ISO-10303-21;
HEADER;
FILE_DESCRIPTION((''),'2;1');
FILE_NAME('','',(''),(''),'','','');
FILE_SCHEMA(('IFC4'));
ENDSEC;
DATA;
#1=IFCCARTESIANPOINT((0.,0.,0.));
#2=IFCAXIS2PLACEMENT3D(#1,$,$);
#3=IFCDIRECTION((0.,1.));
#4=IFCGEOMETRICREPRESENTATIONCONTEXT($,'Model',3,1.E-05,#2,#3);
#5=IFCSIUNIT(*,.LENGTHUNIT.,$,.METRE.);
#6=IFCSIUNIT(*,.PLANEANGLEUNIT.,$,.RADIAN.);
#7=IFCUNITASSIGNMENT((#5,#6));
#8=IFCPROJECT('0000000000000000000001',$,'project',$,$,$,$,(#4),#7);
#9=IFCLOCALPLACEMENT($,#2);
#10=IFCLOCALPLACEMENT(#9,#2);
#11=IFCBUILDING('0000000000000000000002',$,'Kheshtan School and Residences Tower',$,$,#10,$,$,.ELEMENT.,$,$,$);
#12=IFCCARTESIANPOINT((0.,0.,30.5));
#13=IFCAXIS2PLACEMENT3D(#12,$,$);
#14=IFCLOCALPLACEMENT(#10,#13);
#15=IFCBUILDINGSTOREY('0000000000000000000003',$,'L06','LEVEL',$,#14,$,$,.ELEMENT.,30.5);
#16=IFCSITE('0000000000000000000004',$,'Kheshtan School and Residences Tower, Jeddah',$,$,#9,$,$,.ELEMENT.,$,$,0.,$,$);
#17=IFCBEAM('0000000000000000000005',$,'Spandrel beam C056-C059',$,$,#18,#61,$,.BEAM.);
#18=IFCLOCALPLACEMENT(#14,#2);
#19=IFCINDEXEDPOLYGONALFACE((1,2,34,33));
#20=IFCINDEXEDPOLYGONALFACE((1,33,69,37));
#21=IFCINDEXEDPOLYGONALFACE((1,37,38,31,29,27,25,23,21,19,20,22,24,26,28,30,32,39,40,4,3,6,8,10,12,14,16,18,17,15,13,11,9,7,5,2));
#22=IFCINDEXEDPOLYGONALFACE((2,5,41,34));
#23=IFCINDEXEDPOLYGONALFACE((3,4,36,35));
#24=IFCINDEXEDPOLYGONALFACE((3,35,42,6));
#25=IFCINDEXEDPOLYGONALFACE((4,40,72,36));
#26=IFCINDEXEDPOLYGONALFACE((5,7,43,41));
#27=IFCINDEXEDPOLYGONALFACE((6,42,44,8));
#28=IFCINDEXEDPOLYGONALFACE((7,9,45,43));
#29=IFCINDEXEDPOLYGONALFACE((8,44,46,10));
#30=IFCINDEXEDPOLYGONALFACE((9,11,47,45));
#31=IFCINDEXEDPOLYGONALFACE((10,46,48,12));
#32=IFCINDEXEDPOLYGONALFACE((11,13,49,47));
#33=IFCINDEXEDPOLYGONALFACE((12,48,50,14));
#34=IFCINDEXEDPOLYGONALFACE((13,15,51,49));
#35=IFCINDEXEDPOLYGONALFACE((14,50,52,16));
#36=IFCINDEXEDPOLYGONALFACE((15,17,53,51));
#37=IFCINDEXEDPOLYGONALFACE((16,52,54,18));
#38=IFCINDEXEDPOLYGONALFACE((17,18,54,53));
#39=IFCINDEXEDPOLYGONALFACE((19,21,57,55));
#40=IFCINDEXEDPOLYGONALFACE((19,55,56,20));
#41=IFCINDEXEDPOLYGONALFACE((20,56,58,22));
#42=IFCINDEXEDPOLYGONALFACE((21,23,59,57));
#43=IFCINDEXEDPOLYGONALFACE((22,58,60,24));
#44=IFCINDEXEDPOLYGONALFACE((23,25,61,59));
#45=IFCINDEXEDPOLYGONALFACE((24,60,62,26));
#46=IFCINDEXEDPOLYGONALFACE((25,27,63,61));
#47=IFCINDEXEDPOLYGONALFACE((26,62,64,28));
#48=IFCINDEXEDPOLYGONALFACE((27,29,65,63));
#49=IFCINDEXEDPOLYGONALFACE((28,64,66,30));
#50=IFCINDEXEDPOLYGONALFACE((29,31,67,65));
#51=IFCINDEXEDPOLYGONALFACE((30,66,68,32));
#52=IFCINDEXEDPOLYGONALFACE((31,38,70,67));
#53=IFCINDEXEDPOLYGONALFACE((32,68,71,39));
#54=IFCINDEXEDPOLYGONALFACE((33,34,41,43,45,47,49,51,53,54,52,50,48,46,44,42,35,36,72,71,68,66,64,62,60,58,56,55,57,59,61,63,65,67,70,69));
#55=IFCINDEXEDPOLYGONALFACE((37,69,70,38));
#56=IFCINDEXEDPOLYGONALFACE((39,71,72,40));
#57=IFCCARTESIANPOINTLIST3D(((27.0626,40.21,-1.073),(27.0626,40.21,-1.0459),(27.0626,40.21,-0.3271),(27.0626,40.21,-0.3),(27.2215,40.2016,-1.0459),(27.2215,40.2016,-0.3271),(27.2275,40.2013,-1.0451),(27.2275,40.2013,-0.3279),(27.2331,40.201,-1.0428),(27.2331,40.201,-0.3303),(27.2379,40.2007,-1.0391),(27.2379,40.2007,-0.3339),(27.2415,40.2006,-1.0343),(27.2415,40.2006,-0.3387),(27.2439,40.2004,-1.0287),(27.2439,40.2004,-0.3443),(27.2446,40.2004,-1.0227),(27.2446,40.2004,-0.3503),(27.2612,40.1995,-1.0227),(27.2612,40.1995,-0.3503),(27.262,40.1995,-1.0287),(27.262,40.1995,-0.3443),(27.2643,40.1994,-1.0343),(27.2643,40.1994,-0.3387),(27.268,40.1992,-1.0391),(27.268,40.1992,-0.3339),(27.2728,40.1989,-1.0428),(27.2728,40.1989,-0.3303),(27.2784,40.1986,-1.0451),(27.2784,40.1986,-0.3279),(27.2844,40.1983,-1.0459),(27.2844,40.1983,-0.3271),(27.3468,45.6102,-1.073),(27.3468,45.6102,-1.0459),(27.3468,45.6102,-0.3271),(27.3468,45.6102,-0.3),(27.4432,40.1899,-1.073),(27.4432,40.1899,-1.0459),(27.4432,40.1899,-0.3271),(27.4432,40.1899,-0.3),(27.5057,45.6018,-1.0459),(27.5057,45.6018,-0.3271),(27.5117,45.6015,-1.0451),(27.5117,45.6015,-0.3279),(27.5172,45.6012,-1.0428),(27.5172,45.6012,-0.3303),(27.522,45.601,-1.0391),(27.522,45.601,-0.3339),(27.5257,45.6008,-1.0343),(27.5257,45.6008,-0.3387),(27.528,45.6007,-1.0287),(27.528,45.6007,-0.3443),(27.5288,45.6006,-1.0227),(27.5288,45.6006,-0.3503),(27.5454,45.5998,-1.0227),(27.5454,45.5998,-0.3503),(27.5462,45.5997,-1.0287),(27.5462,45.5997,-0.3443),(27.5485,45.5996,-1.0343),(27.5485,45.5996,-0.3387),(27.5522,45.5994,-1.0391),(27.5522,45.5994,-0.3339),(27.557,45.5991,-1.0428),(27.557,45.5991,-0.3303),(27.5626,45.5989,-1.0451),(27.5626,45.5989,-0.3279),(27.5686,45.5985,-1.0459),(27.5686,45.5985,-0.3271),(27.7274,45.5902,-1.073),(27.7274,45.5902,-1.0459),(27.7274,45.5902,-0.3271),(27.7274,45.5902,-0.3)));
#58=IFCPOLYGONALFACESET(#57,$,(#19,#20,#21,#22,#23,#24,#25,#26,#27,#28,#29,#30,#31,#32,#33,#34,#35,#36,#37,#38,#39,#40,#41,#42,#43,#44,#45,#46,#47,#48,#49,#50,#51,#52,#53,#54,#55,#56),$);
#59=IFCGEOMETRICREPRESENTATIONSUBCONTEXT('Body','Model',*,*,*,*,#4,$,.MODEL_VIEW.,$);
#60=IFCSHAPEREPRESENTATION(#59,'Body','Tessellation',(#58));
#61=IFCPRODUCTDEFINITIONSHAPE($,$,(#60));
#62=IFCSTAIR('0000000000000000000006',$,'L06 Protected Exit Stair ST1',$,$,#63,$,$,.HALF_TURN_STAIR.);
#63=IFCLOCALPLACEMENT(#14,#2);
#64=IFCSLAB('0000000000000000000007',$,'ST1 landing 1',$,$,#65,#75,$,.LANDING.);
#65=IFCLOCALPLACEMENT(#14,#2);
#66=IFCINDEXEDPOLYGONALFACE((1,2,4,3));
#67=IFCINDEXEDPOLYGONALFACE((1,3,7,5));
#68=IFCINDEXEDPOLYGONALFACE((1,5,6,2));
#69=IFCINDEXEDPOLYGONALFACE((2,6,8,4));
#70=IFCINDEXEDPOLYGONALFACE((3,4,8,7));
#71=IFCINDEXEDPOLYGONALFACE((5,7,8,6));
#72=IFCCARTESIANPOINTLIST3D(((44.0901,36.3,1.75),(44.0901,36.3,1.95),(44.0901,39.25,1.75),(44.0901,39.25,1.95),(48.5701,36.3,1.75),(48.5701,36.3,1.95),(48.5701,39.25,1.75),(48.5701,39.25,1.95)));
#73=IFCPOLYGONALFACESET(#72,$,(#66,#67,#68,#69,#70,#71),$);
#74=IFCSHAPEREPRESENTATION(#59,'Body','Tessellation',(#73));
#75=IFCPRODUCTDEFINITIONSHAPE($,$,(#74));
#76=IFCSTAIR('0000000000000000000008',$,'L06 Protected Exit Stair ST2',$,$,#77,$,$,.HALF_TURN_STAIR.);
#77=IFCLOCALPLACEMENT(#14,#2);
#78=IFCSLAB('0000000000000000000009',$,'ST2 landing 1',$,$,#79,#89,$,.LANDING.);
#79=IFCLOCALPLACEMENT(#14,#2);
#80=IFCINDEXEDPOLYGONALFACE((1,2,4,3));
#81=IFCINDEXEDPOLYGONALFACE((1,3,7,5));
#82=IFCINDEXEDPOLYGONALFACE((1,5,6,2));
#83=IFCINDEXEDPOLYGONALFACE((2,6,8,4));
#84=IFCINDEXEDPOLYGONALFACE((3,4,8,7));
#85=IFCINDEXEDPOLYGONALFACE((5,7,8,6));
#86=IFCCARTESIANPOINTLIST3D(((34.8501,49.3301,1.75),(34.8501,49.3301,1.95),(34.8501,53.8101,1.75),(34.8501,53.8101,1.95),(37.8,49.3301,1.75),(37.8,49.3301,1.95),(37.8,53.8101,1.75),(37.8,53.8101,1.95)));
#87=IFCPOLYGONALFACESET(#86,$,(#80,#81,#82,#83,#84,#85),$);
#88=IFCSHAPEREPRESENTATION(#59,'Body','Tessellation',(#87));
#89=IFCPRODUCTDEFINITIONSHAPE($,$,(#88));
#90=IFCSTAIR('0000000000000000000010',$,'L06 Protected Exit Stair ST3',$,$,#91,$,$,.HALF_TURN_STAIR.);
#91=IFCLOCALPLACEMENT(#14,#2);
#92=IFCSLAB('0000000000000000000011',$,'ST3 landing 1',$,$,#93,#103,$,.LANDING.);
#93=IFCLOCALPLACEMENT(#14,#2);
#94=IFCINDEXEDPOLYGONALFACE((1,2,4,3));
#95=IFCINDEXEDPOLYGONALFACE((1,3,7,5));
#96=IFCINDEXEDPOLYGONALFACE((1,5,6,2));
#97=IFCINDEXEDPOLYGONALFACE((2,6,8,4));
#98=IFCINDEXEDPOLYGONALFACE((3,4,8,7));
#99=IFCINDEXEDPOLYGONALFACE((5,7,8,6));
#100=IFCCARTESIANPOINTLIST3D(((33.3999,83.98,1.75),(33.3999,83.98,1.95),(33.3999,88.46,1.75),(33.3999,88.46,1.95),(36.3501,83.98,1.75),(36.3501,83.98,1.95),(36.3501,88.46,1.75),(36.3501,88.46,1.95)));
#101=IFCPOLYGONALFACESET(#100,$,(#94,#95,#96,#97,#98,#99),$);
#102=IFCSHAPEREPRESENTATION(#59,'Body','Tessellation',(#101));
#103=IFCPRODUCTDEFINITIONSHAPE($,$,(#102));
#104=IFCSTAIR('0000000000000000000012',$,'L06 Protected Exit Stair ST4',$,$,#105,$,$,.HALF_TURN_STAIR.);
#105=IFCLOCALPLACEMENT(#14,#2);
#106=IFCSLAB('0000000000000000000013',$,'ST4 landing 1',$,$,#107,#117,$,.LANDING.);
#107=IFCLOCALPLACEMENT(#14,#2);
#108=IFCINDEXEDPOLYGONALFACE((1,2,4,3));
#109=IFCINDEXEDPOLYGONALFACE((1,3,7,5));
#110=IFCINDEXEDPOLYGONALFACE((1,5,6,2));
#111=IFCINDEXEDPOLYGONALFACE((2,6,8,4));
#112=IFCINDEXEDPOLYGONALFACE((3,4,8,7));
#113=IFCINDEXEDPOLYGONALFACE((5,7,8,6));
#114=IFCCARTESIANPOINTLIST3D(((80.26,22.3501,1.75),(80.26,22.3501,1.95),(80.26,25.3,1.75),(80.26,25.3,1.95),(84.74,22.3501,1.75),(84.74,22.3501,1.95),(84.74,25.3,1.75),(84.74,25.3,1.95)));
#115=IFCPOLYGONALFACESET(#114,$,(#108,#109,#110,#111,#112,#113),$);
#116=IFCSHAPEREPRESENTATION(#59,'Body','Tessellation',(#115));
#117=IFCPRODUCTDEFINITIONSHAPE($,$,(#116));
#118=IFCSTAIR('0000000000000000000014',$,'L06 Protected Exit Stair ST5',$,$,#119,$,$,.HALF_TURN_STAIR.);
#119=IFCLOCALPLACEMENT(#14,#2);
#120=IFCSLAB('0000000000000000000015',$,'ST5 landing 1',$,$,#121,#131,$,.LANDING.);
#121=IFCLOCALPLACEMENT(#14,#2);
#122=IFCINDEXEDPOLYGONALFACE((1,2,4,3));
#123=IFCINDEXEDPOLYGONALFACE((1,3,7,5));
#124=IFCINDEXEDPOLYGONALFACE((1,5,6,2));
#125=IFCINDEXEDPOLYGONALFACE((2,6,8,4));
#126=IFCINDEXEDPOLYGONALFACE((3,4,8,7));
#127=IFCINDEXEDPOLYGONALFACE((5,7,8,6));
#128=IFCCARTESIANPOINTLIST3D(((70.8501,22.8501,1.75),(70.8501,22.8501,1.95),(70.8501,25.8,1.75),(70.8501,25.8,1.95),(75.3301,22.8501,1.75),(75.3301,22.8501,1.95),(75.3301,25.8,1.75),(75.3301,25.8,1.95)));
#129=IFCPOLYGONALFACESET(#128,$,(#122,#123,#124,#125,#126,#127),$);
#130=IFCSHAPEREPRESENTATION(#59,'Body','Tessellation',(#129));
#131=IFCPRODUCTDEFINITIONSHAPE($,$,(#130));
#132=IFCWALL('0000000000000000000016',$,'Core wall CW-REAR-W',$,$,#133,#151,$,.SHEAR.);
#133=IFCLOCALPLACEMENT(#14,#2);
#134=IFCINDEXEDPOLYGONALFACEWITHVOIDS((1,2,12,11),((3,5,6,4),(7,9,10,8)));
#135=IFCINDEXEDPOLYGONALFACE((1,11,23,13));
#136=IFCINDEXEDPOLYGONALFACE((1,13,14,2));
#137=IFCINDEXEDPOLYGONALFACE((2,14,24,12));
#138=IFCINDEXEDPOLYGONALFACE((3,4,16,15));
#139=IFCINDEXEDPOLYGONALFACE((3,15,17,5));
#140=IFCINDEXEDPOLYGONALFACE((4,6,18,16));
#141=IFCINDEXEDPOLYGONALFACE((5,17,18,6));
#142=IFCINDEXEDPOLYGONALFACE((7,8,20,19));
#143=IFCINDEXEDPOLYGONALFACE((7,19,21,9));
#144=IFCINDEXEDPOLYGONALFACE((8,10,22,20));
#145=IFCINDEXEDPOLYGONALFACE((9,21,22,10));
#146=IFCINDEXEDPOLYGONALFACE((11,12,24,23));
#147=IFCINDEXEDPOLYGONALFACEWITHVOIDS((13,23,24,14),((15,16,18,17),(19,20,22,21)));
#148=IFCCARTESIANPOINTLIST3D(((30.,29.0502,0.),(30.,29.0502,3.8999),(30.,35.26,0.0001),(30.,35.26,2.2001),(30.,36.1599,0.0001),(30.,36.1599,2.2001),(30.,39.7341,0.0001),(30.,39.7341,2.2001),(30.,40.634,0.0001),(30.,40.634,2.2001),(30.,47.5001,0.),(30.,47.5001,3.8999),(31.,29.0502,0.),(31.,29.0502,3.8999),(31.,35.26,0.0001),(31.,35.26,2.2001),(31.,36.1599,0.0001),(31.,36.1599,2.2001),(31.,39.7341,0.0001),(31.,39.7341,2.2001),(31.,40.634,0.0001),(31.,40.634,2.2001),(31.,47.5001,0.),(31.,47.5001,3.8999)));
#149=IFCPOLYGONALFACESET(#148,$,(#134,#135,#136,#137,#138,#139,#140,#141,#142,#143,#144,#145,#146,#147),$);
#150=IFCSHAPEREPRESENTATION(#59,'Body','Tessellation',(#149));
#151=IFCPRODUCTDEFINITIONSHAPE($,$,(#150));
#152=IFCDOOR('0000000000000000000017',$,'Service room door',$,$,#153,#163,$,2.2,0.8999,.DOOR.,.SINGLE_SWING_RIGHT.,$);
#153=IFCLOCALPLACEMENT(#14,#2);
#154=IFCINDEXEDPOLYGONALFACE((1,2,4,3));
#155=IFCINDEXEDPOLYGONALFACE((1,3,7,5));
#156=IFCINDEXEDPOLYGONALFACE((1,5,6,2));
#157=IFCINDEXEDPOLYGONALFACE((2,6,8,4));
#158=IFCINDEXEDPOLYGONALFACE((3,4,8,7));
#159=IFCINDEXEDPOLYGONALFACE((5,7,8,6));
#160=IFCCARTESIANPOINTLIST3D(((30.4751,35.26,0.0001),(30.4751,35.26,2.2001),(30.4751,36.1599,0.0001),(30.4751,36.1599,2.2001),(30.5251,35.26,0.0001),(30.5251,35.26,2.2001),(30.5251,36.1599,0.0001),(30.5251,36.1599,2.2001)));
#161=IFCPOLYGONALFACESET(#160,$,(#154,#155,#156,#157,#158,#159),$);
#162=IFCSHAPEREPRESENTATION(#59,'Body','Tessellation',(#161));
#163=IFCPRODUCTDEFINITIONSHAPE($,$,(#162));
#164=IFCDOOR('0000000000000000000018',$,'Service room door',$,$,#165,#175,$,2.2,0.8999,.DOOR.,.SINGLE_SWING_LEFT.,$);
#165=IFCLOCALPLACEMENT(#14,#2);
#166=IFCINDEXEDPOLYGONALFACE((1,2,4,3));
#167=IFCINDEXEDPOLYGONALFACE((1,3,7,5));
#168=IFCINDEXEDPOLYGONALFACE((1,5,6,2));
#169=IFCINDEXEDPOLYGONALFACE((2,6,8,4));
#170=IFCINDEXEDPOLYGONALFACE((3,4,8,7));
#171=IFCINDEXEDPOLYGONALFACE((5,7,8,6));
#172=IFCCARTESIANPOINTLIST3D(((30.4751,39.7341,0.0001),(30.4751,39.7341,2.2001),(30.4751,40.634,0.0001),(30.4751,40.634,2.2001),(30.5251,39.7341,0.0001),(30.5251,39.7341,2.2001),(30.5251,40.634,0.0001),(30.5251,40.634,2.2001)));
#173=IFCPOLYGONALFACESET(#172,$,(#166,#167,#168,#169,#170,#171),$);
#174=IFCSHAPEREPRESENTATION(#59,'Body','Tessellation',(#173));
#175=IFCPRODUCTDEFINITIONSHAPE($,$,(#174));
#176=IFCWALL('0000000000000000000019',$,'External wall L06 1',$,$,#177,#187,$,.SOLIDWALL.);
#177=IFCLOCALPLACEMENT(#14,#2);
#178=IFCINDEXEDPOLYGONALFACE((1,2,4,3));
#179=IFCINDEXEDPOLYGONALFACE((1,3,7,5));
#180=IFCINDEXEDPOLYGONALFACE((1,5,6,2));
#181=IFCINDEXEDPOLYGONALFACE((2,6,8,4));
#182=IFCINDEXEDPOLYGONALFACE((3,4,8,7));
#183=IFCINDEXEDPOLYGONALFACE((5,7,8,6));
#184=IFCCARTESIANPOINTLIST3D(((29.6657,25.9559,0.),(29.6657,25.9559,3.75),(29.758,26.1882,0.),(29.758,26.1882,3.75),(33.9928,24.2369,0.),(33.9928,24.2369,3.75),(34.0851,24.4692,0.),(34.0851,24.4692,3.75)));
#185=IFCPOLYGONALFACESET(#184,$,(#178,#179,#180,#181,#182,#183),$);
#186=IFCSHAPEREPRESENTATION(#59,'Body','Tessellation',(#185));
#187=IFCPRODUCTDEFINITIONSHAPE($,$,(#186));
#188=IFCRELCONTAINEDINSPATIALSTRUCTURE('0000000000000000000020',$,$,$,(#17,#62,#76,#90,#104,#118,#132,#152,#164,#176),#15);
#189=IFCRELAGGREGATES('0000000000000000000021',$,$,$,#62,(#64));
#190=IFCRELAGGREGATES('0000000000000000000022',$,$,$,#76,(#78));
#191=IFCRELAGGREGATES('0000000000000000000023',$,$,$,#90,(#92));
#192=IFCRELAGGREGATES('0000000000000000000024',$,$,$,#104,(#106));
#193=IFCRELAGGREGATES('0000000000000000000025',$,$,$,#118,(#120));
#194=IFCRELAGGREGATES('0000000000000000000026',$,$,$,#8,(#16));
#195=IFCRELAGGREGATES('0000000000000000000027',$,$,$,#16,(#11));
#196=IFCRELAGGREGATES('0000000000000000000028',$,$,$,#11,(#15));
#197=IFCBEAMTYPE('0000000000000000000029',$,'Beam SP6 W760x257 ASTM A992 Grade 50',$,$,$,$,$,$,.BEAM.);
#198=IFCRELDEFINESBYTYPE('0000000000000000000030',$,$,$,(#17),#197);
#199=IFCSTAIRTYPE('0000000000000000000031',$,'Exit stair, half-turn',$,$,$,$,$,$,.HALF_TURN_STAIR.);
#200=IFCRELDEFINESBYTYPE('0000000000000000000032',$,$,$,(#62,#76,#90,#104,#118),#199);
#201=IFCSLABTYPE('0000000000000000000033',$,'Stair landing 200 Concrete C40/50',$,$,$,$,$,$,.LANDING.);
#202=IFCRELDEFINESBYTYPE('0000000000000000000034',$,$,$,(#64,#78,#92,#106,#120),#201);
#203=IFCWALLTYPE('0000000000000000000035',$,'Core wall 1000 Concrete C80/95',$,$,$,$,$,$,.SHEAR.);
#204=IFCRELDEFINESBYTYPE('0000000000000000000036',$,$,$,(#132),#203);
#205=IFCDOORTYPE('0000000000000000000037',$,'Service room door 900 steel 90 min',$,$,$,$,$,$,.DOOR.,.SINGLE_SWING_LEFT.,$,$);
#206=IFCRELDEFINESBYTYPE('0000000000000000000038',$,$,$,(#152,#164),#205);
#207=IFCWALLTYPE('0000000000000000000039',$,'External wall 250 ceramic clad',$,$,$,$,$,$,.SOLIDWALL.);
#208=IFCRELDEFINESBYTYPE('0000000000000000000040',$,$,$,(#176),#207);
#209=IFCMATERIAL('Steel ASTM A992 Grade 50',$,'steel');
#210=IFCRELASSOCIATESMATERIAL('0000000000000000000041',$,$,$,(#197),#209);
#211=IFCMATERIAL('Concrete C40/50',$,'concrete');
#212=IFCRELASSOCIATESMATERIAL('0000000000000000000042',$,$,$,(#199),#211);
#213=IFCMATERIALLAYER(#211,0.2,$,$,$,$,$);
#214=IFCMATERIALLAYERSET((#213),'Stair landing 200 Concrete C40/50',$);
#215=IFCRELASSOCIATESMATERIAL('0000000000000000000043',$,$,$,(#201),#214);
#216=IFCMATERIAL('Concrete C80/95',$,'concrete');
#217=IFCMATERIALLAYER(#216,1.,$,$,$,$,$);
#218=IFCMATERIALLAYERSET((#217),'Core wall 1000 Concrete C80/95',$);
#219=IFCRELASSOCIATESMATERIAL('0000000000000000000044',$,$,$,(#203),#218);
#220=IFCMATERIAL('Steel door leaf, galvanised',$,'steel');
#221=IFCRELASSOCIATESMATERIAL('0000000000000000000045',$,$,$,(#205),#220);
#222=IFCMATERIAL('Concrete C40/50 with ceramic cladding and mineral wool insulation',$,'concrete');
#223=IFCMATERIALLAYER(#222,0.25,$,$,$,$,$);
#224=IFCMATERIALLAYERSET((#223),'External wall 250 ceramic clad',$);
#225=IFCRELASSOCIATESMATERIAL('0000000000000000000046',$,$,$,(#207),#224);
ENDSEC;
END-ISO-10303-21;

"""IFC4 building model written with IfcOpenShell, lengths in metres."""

from ifc_helpers import new_model, si_unit, direction, frame, frame_2d, origin, origin_2d, place, context, subcontext, project, spatial, polyline, rectangle, i_section, outline, extrude, source, transform, mapped, material, layer, layer_set, material_profile, profile_set, type_object, element, fill, aggregate, save


model = new_model("IFC4")

# Units and contexts
model_context = context("Model", 3, precision=1e-05, world=origin(), true_north=direction((0.0, 1.0)))
body_context = subcontext(model_context, "Body", "Model", "MODEL_VIEW")
ifc_project = project(units=[si_unit("LENGTHUNIT", "METRE"), si_unit("PLANEANGLEUNIT", "RADIAN")], contexts=[model_context])

# Site, building, storey
site_placement = place(None, origin())
site = spatial("IfcSite", under=ifc_project, at=site_placement, Name="Kheshtan School and Residences Tower, Jeddah", CompositionType="ELEMENT", RefElevation=0.0)
building_placement = place(site_placement, origin())
building = spatial("IfcBuilding", under=site, at=building_placement, Name="Kheshtan School and Residences Tower", CompositionType="ELEMENT")
storey_placement = place(building_placement, frame((0.0, 0.0, 30.5)))
storey = spatial("IfcBuildingStorey", under=building, at=storey_placement, Name="L06", Description="LEVEL", CompositionType="ELEMENT", Elevation=30.5)

# Shared definitions
ifc_material_1 = material(Name="Steel ASTM A992 Grade 50", Category="steel")

# Beam
ifc_material_profile_1 = material_profile(ifc_material_1, i_section(OverallWidth=0.3811, OverallDepth=0.7729, WebThickness=0.0166, FlangeThickness=0.0271, FilletRadius=0.0232, at=origin_2d()), Name="W760x257")
ifc_profile_set_1 = profile_set([ifc_material_profile_1], Name="Steel ASTM A992 Grade 50")
beam_type_1 = type_object("IfcBeamType", Name="Beam SP6 W760x257 ASTM A992 Grade 50", PredefinedType="BEAM", material=ifc_profile_set_1)
beam_1_placement = place(storey_placement, frame((27.2529, 40.2, -0.6865), z_axis=(0.052552, 0.998618, 0.0), x_axis=(-0.998618, 0.052552, 0.0)))
element("IfcBeam", 1, at=beam_1_placement, inside=storey, type_object=beam_type_1, Name="Spandrel beam C056-C059", PredefinedType="BEAM", context=body_context, shape_type="SweptSolid", body=[
    extrude(i_section(OverallWidth=0.3811, OverallDepth=0.7729, WebThickness=0.0166, FlangeThickness=0.0271, FilletRadius=0.0232, at=origin_2d()), origin(), (0.0, 0.0, 1.0), 5.4077),
])

# Shared definitions
ifc_material_2 = material(Name="Concrete C40/50", Category="concrete")

# Stairs, slabs
stair_type = type_object("IfcStairType", Name="Exit stair, half-turn", PredefinedType="HALF_TURN_STAIR", material=ifc_material_2)
stair_1_placement = place(storey_placement, origin())
stair_1 = element("IfcStair", 2, at=stair_1_placement, inside=storey, type_object=stair_type, Name="L06 Protected Exit Stair ST1", PredefinedType="HALF_TURN_STAIR")
ifc_layer_1 = layer(ifc_material_2, 0.2)
ifc_layer_set_1 = layer_set([ifc_layer_1], Name="Stair landing 200 Concrete C40/50")
slab_type_1 = type_object("IfcSlabType", Name="Stair landing 200 Concrete C40/50", PredefinedType="LANDING", material=ifc_layer_set_1)
slab_1_placement = place(storey_placement, frame((0.0, 0.0, 1.75)))
slab_1 = element("IfcSlab", 3, at=slab_1_placement, type_object=slab_type_1, Name="ST1 landing 1", PredefinedType="LANDING", context=body_context, shape_type="SweptSolid", body=[
    extrude(outline(polyline([(48.5701, 39.25), (44.0901, 39.25), (44.0901, 36.3), (48.5701, 36.3), (48.5701, 39.25)])), origin(), (0.0, 0.0, 1.0), 0.2),
])
aggregate(stair_1, [slab_1])
stair_2_placement = place(storey_placement, origin())
stair_2 = element("IfcStair", 4, at=stair_2_placement, inside=storey, type_object=stair_type, Name="L06 Protected Exit Stair ST2", PredefinedType="HALF_TURN_STAIR")
slab_2_placement = place(storey_placement, frame((0.0, 0.0, 1.75)))
slab_2 = element("IfcSlab", 5, at=slab_2_placement, type_object=slab_type_1, Name="ST2 landing 1", PredefinedType="LANDING", context=body_context, shape_type="SweptSolid", body=[
    extrude(outline(polyline([(37.8, 49.3301), (37.8, 53.8101), (34.8501, 53.8101), (34.8501, 49.3301), (37.8, 49.3301)])), origin(), (0.0, 0.0, 1.0), 0.2),
])
aggregate(stair_2, [slab_2])
stair_3_placement = place(storey_placement, origin())
stair_3 = element("IfcStair", 6, at=stair_3_placement, inside=storey, type_object=stair_type, Name="L06 Protected Exit Stair ST3", PredefinedType="HALF_TURN_STAIR")
slab_3_placement = place(storey_placement, frame((0.0, 0.0, 1.75)))
slab_3 = element("IfcSlab", 7, at=slab_3_placement, type_object=slab_type_1, Name="ST3 landing 1", PredefinedType="LANDING", context=body_context, shape_type="SweptSolid", body=[
    extrude(outline(polyline([(36.3501, 83.98), (36.3501, 88.46), (33.3999, 88.46), (33.3999, 83.98), (36.3501, 83.98)])), origin(), (0.0, 0.0, 1.0), 0.2),
])
aggregate(stair_3, [slab_3])
stair_4_placement = place(storey_placement, origin())
stair_4 = element("IfcStair", 8, at=stair_4_placement, inside=storey, type_object=stair_type, Name="L06 Protected Exit Stair ST4", PredefinedType="HALF_TURN_STAIR")
slab_4_placement = place(storey_placement, frame((0.0, 0.0, 1.75)))
slab_4 = element("IfcSlab", 9, at=slab_4_placement, type_object=slab_type_1, Name="ST4 landing 1", PredefinedType="LANDING", context=body_context, shape_type="SweptSolid", body=[
    extrude(outline(polyline([(84.74, 25.3), (80.26, 25.3), (80.26, 22.3501), (84.74, 22.3501), (84.74, 25.3)])), origin(), (0.0, 0.0, 1.0), 0.2),
])
aggregate(stair_4, [slab_4])
stair_5_placement = place(storey_placement, origin())
stair_5 = element("IfcStair", 10, at=stair_5_placement, inside=storey, type_object=stair_type, Name="L06 Protected Exit Stair ST5", PredefinedType="HALF_TURN_STAIR")
slab_5_placement = place(storey_placement, frame((0.0, 0.0, 1.75)))
slab_5 = element("IfcSlab", 11, at=slab_5_placement, type_object=slab_type_1, Name="ST5 landing 1", PredefinedType="LANDING", context=body_context, shape_type="SweptSolid", body=[
    extrude(outline(polyline([(75.3301, 25.8), (70.8501, 25.8), (70.8501, 22.8501), (75.3301, 22.8501), (75.3301, 25.8)])), origin(), (0.0, 0.0, 1.0), 0.2),
])
aggregate(stair_5, [slab_5])

# Wall, openings, doors
ifc_material_3 = material(Name="Concrete C80/95", Category="concrete")
ifc_layer_2 = layer(ifc_material_3, 1.0)
ifc_layer_set_2 = layer_set([ifc_layer_2], Name="Core wall 1000 Concrete C80/95")
wall_type_1 = type_object("IfcWallType", Name="Core wall 1000 Concrete C80/95", PredefinedType="SHEAR", material=ifc_layer_set_2)
wall_1_placement = place(storey_placement, frame((30.5, 29.05, 0.0), z_axis=(0.0, 0.0, 1.0), x_axis=(0.0, 1.0, 0.0)))
wall_1 = element("IfcWall", 12, at=wall_1_placement, inside=storey, type_object=wall_type_1, Name="Core wall CW-REAR-W", PredefinedType="SHEAR", context=body_context, shape_type="SweptSolid", body=[
    extrude(rectangle(XDim=18.45, YDim=1.0, at=frame_2d((9.2251, 0.0))), origin(), (0.0, 0.0, 1.0), 3.8999),
])
opening_1_placement = place(wall_1_placement, frame((6.21, 0.0, 0.0)))
opening_1 = element("IfcOpeningElement", 13, at=opening_1_placement, cuts=wall_1, PredefinedType="OPENING", context=body_context, shape_type="SweptSolid", body=[
    extrude(rectangle(XDim=0.8999, YDim=2.2, at=frame_2d((0.45, 1.1001))), frame((0.0, 0.51, 0.0), z_axis=(0.0, -1.0, 0.0), x_axis=(1.0, 0.0, 0.0)), (0.0, 0.0, 1.0), 1.02),
])
opening_2_placement = place(wall_1_placement, frame((10.6841, 0.0, 0.0)))
opening_2 = element("IfcOpeningElement", 14, at=opening_2_placement, cuts=wall_1, PredefinedType="OPENING", context=body_context, shape_type="SweptSolid", body=[
    extrude(rectangle(XDim=0.8999, YDim=2.2, at=frame_2d((0.45, 1.1001))), frame((0.0, 0.51, 0.0), z_axis=(0.0, -1.0, 0.0), x_axis=(1.0, 0.0, 0.0)), (0.0, 0.0, 1.0), 1.02),
])
ifc_material_4 = material(Name="Steel door leaf, galvanised", Category="steel")
door_type = type_object("IfcDoorType", Name="Service room door 900 steel 90 min", OperationType="SINGLE_SWING_LEFT", PredefinedType="DOOR", material=ifc_material_4)
shared_shape = source(origin(), body_context, "Body", "SweptSolid", [
    extrude(rectangle(XDim=0.8999, YDim=2.2, at=frame_2d((0.45, 1.1001))), frame((0.0, 0.0249, 0.0), z_axis=(0.0, -1.0, 0.0), x_axis=(1.0, 0.0, 0.0)), (0.0, 0.0, 1.0), 0.05),
])
door_1_placement = place(opening_1_placement, origin())
door_1 = element("IfcDoor", 15, at=door_1_placement, inside=storey, type_object=door_type, Name="Service room door", OperationType="SINGLE_SWING_RIGHT", OverallHeight=2.2, OverallWidth=0.8999, PredefinedType="DOOR", context=body_context, shape_type="MappedRepresentation", body=[
    mapped(shared_shape, transform((0.0, 0.0, 0.0), x_axis=(1.0, 0.0, 0.0), y_axis=(0.0, 1.0, 0.0), z_axis=(0.0, 0.0, 1.0), scale=1.0)),
])
fill(opening_1, door_1)
door_2_placement = place(opening_2_placement, origin())
door_2 = element("IfcDoor", 16, at=door_2_placement, inside=storey, type_object=door_type, Name="Service room door", OperationType="SINGLE_SWING_LEFT", OverallHeight=2.2, OverallWidth=0.8999, PredefinedType="DOOR", context=body_context, shape_type="MappedRepresentation", body=[
    mapped(shared_shape, transform((0.0, 0.0, 0.0), x_axis=(1.0, 0.0, 0.0), y_axis=(0.0, 1.0, 0.0), z_axis=(0.0, 0.0, 1.0), scale=1.0)),
])
fill(opening_2, door_2)

# Wall
ifc_material_5 = material(Name="Concrete C40/50 with ceramic cladding and mineral wool insulation", Category="concrete")
ifc_layer_3 = layer(ifc_material_5, 0.25)
ifc_layer_set_3 = layer_set([ifc_layer_3], Name="External wall 250 ceramic clad")
wall_type_2 = type_object("IfcWallType", Name="External wall 250 ceramic clad", PredefinedType="SOLIDWALL", material=ifc_layer_set_3)
wall_2_placement = place(storey_placement, frame((34.0391, 24.353, 0.0), z_axis=(0.0, 0.0, 1.0), x_axis=(-0.929353, 0.369193, 0.0)))
element("IfcWall", 17, at=wall_2_placement, inside=storey, type_object=wall_type_2, Name="External wall L06 1", PredefinedType="SOLIDWALL", context=body_context, shape_type="SweptSolid", body=[
    extrude(rectangle(XDim=4.656, YDim=0.25, at=frame_2d((2.3281, 0.0))), origin(), (0.0, 0.0, 1.0), 3.75),
])

save(model, "model.ifc")
